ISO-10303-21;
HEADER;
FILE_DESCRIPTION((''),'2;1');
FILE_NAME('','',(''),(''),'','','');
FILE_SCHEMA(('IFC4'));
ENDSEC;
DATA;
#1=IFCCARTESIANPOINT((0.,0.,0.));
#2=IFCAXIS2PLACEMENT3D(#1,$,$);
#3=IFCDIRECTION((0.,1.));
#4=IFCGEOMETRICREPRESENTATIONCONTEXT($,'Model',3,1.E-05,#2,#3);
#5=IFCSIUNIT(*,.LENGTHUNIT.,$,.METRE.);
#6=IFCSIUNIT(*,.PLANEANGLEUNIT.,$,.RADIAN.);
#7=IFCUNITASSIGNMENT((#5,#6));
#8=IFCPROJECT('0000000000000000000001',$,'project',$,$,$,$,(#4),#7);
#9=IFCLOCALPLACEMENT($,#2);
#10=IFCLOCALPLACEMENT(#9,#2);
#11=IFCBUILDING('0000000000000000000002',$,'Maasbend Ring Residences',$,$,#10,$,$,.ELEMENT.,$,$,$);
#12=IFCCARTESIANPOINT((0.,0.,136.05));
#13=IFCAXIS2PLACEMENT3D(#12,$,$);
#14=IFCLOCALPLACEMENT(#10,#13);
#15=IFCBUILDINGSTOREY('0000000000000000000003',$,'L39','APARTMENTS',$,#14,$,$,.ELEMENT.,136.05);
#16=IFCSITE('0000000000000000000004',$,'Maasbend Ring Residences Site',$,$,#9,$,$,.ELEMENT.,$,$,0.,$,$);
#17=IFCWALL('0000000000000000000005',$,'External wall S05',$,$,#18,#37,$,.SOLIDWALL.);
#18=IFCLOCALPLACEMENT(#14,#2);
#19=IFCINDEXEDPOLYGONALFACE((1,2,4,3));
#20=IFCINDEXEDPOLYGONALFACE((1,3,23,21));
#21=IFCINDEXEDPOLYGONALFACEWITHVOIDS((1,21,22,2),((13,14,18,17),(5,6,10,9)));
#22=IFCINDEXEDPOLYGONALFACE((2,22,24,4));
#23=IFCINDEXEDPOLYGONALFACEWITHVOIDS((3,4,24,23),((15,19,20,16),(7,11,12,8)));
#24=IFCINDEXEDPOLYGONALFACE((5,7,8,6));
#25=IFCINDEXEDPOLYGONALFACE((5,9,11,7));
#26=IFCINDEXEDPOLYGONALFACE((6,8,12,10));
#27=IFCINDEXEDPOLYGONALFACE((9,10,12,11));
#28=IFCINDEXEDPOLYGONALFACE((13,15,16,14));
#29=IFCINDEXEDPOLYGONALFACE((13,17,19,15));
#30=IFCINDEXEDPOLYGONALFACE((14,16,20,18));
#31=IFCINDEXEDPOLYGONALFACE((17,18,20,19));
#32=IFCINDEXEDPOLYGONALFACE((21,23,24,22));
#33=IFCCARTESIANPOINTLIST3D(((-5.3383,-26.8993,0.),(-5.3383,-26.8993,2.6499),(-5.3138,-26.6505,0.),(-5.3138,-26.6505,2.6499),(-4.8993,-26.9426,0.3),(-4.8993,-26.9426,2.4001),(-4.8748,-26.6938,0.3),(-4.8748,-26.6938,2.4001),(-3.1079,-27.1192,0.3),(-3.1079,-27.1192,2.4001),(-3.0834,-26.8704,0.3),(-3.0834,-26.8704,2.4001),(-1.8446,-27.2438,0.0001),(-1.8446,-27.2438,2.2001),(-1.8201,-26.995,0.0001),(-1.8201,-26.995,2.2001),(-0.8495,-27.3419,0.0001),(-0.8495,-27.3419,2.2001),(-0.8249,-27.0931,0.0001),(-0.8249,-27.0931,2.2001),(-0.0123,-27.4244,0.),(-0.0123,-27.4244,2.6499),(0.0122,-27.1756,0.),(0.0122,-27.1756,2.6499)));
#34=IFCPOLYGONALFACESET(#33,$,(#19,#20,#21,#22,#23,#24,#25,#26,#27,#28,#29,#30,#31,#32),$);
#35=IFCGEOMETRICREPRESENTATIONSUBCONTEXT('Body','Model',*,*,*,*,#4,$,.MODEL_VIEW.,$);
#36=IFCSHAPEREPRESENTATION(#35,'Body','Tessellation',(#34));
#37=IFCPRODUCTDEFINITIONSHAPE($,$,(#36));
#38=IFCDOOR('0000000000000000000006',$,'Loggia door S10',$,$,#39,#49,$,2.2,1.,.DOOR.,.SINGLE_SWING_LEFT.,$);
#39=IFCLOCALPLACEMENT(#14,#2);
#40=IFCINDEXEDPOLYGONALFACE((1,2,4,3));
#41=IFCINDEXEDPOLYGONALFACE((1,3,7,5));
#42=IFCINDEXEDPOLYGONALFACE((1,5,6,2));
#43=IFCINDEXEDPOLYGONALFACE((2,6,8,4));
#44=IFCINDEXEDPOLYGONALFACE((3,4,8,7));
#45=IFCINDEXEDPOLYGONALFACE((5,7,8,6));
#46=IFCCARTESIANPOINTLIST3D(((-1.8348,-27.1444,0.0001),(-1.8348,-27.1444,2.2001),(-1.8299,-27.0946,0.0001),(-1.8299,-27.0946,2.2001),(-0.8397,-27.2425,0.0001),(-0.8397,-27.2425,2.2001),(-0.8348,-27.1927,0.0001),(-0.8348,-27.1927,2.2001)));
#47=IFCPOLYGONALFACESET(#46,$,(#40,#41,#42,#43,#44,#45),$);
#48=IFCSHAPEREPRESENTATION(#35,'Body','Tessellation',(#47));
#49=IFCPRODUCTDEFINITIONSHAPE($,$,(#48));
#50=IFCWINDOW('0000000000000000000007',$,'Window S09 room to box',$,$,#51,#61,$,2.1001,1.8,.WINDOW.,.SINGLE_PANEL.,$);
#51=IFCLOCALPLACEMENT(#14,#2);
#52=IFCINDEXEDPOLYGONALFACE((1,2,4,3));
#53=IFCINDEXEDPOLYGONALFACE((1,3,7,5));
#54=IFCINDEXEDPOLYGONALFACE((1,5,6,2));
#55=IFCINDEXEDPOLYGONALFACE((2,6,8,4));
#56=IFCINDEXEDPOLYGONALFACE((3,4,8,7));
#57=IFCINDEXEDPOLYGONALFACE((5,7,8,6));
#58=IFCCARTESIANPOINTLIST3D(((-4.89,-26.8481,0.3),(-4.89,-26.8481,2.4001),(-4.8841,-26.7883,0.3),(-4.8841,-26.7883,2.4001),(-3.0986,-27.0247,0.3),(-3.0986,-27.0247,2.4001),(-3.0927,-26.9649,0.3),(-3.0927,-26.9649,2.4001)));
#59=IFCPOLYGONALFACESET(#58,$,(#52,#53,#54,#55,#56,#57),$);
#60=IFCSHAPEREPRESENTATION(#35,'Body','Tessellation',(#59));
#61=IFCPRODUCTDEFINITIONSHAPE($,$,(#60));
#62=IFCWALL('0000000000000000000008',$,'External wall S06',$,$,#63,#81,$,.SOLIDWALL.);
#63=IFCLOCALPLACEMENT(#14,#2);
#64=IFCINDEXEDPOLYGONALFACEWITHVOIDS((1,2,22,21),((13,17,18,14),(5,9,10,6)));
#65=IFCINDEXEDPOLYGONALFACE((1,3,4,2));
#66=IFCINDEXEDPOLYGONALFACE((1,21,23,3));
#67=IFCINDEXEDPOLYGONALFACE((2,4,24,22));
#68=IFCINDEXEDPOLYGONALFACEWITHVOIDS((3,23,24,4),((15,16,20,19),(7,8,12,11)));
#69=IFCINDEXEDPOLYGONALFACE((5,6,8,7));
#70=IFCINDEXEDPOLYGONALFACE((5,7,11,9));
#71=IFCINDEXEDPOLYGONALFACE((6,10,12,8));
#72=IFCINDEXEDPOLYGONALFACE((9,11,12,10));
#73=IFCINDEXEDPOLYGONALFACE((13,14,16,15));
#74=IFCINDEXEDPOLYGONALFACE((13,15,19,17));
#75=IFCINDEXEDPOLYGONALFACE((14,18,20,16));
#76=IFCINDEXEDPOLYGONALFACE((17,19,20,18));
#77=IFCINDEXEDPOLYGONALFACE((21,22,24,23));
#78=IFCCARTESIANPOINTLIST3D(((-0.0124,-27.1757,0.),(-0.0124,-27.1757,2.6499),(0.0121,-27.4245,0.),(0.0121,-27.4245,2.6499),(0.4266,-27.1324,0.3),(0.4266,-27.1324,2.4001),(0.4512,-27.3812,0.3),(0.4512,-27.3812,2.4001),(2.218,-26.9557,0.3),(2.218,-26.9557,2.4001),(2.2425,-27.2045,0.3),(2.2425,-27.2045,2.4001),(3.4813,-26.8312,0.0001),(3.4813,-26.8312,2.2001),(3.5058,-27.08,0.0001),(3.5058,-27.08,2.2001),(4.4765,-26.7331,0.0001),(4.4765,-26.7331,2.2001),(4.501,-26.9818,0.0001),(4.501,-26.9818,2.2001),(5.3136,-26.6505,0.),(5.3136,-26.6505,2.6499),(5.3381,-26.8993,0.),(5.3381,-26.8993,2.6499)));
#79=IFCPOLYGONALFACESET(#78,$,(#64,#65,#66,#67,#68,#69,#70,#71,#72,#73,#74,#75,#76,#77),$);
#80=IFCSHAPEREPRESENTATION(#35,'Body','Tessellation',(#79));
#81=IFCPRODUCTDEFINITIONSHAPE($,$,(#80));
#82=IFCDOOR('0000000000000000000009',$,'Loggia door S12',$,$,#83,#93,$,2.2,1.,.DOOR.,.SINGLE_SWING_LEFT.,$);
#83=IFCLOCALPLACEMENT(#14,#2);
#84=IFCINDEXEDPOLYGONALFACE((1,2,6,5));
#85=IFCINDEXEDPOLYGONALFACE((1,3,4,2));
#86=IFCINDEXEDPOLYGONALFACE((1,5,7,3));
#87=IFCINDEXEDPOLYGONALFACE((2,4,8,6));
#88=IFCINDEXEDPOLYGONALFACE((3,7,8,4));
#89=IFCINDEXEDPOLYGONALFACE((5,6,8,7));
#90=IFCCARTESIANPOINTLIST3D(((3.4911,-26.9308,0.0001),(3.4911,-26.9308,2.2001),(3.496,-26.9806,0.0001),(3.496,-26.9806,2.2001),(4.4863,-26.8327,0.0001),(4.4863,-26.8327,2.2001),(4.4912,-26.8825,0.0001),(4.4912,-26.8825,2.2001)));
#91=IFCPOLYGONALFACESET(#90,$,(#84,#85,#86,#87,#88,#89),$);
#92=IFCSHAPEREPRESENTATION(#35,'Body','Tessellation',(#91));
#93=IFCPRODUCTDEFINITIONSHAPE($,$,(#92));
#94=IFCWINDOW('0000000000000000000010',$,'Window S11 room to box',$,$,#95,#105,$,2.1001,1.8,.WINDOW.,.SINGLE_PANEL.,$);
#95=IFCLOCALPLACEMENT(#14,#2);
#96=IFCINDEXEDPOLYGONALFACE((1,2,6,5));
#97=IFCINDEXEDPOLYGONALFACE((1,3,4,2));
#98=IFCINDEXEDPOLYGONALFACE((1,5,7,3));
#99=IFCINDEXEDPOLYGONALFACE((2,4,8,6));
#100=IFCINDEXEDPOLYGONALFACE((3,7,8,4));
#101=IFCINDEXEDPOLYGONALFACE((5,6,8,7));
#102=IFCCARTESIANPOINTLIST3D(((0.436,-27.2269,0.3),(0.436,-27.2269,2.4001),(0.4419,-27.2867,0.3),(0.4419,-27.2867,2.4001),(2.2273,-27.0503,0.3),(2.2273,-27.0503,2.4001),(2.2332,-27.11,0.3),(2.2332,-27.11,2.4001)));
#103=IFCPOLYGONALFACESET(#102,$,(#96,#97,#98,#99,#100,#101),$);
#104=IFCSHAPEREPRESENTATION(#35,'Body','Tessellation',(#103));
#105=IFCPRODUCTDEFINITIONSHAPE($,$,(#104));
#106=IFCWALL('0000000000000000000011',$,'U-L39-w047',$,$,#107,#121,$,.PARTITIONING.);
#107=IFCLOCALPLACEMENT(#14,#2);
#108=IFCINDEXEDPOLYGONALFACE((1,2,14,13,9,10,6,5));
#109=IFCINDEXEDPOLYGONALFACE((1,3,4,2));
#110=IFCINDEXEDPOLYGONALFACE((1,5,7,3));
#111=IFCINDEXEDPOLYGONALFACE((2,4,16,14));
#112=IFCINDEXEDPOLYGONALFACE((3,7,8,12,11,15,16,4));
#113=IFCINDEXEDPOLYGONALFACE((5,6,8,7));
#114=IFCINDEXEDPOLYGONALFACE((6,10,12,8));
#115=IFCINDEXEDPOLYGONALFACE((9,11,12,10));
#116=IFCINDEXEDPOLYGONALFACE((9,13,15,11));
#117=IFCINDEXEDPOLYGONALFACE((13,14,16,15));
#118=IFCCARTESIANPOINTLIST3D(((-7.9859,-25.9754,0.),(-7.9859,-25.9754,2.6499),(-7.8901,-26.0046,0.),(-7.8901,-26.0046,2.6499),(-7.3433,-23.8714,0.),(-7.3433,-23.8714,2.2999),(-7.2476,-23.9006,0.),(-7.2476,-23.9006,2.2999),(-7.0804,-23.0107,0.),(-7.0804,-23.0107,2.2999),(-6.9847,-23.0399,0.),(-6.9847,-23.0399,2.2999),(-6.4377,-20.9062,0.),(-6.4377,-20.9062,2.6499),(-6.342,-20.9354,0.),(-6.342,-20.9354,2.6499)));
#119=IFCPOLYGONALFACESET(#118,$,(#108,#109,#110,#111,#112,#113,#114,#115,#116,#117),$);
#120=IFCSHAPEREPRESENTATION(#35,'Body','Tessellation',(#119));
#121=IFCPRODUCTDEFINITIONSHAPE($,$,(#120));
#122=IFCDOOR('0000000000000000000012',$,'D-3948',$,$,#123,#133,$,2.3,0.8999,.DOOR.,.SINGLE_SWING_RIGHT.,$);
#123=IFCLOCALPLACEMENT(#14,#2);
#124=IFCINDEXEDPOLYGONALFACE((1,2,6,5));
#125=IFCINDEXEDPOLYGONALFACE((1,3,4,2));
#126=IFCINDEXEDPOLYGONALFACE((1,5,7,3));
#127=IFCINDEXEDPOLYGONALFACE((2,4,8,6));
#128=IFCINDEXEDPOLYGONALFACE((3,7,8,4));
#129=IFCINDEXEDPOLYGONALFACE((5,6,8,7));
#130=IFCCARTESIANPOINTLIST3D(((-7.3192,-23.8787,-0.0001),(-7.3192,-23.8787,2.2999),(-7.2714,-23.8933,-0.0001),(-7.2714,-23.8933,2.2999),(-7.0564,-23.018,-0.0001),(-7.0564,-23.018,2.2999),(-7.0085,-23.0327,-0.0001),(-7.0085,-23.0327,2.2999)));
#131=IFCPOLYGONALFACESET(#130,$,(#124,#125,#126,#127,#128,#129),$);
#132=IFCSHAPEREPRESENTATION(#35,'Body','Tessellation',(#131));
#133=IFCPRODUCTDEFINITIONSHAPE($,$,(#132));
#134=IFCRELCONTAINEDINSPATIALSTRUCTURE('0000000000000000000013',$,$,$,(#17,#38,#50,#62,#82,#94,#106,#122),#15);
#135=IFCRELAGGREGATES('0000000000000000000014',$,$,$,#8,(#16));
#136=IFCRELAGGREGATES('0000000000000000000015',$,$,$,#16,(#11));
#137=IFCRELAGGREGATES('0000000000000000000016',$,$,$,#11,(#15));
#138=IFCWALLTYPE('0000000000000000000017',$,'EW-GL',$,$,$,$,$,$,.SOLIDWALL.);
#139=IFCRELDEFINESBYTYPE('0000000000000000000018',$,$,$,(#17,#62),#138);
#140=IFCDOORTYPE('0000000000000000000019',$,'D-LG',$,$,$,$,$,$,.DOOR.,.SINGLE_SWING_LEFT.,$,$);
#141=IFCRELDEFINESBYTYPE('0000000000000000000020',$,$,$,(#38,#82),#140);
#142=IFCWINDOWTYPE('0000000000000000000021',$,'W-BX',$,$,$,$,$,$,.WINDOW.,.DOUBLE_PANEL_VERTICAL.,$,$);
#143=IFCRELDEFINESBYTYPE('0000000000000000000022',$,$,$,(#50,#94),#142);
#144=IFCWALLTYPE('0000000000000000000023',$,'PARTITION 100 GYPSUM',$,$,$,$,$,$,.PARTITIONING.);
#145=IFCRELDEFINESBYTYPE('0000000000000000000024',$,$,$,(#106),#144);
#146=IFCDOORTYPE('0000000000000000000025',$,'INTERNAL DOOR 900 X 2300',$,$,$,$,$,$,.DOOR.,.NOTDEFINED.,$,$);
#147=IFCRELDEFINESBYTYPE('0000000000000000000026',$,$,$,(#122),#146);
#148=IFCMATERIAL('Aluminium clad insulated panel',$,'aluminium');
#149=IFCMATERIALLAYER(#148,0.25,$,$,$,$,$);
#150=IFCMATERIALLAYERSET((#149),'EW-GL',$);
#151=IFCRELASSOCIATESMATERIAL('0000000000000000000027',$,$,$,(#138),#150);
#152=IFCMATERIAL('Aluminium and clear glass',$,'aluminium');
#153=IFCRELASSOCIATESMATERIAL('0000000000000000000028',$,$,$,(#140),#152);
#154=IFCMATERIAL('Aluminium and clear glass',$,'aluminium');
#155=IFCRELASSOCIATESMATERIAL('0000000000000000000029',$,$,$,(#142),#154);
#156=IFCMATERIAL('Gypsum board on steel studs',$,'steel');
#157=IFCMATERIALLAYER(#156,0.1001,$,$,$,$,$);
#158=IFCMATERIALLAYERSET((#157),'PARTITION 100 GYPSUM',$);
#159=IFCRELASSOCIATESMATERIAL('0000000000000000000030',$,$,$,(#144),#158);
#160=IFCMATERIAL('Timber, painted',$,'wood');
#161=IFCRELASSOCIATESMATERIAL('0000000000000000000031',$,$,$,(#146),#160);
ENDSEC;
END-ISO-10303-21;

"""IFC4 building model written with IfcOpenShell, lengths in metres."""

from ifc_helpers import new_model, si_unit, direction, frame, frame_2d, origin, place, context, subcontext, project, spatial, rectangle, extrude, material, layer, layer_set, type_object, element, fill, save


model = new_model("IFC4")

# Units and contexts
model_context = context("Model", 3, precision=1e-05, world=origin(), true_north=direction((0.0, 1.0)))
body_context = subcontext(model_context, "Body", "Model", "MODEL_VIEW")
ifc_project = project(units=[si_unit("LENGTHUNIT", "METRE"), si_unit("PLANEANGLEUNIT", "RADIAN")], contexts=[model_context])

# Site, building, storey
site_placement = place(None, origin())
site = spatial("IfcSite", under=ifc_project, at=site_placement, Name="Maasbend Ring Residences Site", CompositionType="ELEMENT", RefElevation=0.0)
building_placement = place(site_placement, origin())
building = spatial("IfcBuilding", under=site, at=building_placement, Name="Maasbend Ring Residences", CompositionType="ELEMENT")
storey_placement = place(building_placement, frame((0.0, 0.0, 136.05)))
storey = spatial("IfcBuildingStorey", under=building, at=storey_placement, Name="L39", Description="APARTMENTS", CompositionType="ELEMENT", Elevation=136.05)

# Walls, openings, doors, windows
ifc_material_1 = material(Name="Aluminium clad insulated panel", Category="aluminium")
ifc_layer_1 = layer(ifc_material_1, 0.25)
ifc_layer_set_1 = layer_set([ifc_layer_1], Name="EW-GL")
wall_type_1 = type_object("IfcWallType", Name="EW-GL", PredefinedType="SOLIDWALL", material=ifc_layer_set_1)
ifc_material_2 = material(Name="Aluminium and clear glass", Category="aluminium")
door_type_1 = type_object("IfcDoorType", Name="D-LG", OperationType="SINGLE_SWING_LEFT", PredefinedType="DOOR", material=ifc_material_2)
ifc_material_3 = material(Name="Aluminium and clear glass", Category="aluminium")
window_type_1 = type_object("IfcWindowType", Name="W-BX", PartitioningType="DOUBLE_PANEL_VERTICAL", PredefinedType="WINDOW", material=ifc_material_3)
wall_1_placement = place(storey_placement, frame((-5.3259, -26.7749, 0.0), z_axis=(0.0, 0.0, 1.0), x_axis=(0.995174, -0.098126, 0.0)))
wall_1 = element("IfcWall", 1, at=wall_1_placement, inside=storey, type_object=wall_type_1, Name="External wall S05", PredefinedType="SOLIDWALL", context=body_context, shape_type="SweptSolid", body=[
    extrude(rectangle(XDim=5.3518, YDim=0.25, at=frame_2d((2.6758, 0.0))), origin(), (0.0, 0.0, 1.0), 2.6499),
])
opening_1_placement = place(wall_1_placement, frame((0.4412, 0.0, 0.3)))
opening_1 = element("IfcOpeningElement", 2, at=opening_1_placement, cuts=wall_1, PredefinedType="OPENING", context=body_context, shape_type="SweptSolid", body=[
    extrude(rectangle(XDim=1.8, YDim=2.1001, at=frame_2d((0.8999, 1.05))), frame((0.0, 0.135, 0.0), z_axis=(0.0, -1.0, 0.0), x_axis=(1.0, 0.0, 0.0)), (0.0, 0.0, 1.0), 0.27),
])
opening_2_placement = place(wall_1_placement, frame((3.5105, 0.0, 0.0)))
opening_2 = element("IfcOpeningElement", 3, at=opening_2_placement, cuts=wall_1, PredefinedType="OPENING", context=body_context, shape_type="SweptSolid", body=[
    extrude(rectangle(XDim=1.0, YDim=2.2, at=frame_2d((0.5, 1.1001))), frame((0.0, 0.135, 0.0), z_axis=(0.0, -1.0, 0.0), x_axis=(1.0, 0.0, 0.0)), (0.0, 0.0, 1.0), 0.27),
])
door_1_placement = place(opening_2_placement, origin())
door_1 = element("IfcDoor", 4, at=door_1_placement, inside=storey, type_object=door_type_1, Name="Loggia door S10", OperationType="SINGLE_SWING_LEFT", OverallHeight=2.2, OverallWidth=1.0, PredefinedType="DOOR", context=body_context, shape_type="SweptSolid", body=[
    extrude(rectangle(XDim=1.0, YDim=2.2, at=frame_2d((0.5, 1.1001))), frame((0.0, 0.0249, 0.0), z_axis=(0.0, -1.0, 0.0), x_axis=(1.0, 0.0, 0.0)), (0.0, 0.0, 1.0), 0.05),
])
fill(opening_2, door_1)
window_1_placement = place(opening_1_placement, origin())
window_1 = element("IfcWindow", 5, at=window_1_placement, inside=storey, type_object=window_type_1, Name="Window S09 room to box", OverallHeight=2.1001, OverallWidth=1.8, PartitioningType="SINGLE_PANEL", PredefinedType="WINDOW", context=body_context, shape_type="SweptSolid", body=[
    extrude(rectangle(XDim=1.8, YDim=2.1001, at=frame_2d((0.8999, 1.05))), frame((0.0, 0.03, 0.0), z_axis=(0.0, -1.0, 0.0), x_axis=(1.0, 0.0, 0.0)), (0.0, 0.0, 1.0), 0.0601),
])
fill(opening_1, window_1)
wall_2_placement = place(storey_placement, frame((0.0, -27.3, 0.0), z_axis=(0.0, 0.0, 1.0), x_axis=(0.995174, 0.098126, 0.0)))
wall_2 = element("IfcWall", 6, at=wall_2_placement, inside=storey, type_object=wall_type_1, Name="External wall S06", PredefinedType="SOLIDWALL", context=body_context, shape_type="SweptSolid", body=[
    extrude(rectangle(XDim=5.3518, YDim=0.25, at=frame_2d((2.6758, 0.0))), origin(), (0.0, 0.0, 1.0), 2.6499),
])
opening_3_placement = place(wall_2_placement, frame((0.4412, 0.0, 0.3)))
opening_3 = element("IfcOpeningElement", 7, at=opening_3_placement, cuts=wall_2, PredefinedType="OPENING", context=body_context, shape_type="SweptSolid", body=[
    extrude(rectangle(XDim=1.8, YDim=2.1001, at=frame_2d((0.8999, 1.05))), frame((0.0, 0.135, 0.0), z_axis=(0.0, -1.0, 0.0), x_axis=(1.0, 0.0, 0.0)), (0.0, 0.0, 1.0), 0.27),
])
opening_4_placement = place(wall_2_placement, frame((3.5105, 0.0, 0.0)))
opening_4 = element("IfcOpeningElement", 8, at=opening_4_placement, cuts=wall_2, PredefinedType="OPENING", context=body_context, shape_type="SweptSolid", body=[
    extrude(rectangle(XDim=1.0, YDim=2.2, at=frame_2d((0.5, 1.1001))), frame((0.0, 0.135, 0.0), z_axis=(0.0, -1.0, 0.0), x_axis=(1.0, 0.0, 0.0)), (0.0, 0.0, 1.0), 0.27),
])
door_2_placement = place(opening_4_placement, origin())
door_2 = element("IfcDoor", 9, at=door_2_placement, inside=storey, type_object=door_type_1, Name="Loggia door S12", OperationType="SINGLE_SWING_LEFT", OverallHeight=2.2, OverallWidth=1.0, PredefinedType="DOOR", context=body_context, shape_type="SweptSolid", body=[
    extrude(rectangle(XDim=1.0, YDim=2.2, at=frame_2d((0.5, 1.1001))), frame((0.0, 0.0249, 0.0), z_axis=(0.0, -1.0, 0.0), x_axis=(1.0, 0.0, 0.0)), (0.0, 0.0, 1.0), 0.05),
])
fill(opening_4, door_2)
window_2_placement = place(opening_3_placement, origin())
window_2 = element("IfcWindow", 10, at=window_2_placement, inside=storey, type_object=window_type_1, Name="Window S11 room to box", OverallHeight=2.1001, OverallWidth=1.8, PartitioningType="SINGLE_PANEL", PredefinedType="WINDOW", context=body_context, shape_type="SweptSolid", body=[
    extrude(rectangle(XDim=1.8, YDim=2.1001, at=frame_2d((0.8999, 1.05))), frame((0.0, 0.03, 0.0), z_axis=(0.0, -1.0, 0.0), x_axis=(1.0, 0.0, 0.0)), (0.0, 0.0, 1.0), 0.0601),
])
fill(opening_3, window_2)

# Wall, opening, door
ifc_material_4 = material(Name="Gypsum board on steel studs", Category="steel")
ifc_layer_2 = layer(ifc_material_4, 0.1001)
ifc_layer_set_2 = layer_set([ifc_layer_2], Name="PARTITION 100 GYPSUM")
wall_type_2 = type_object("IfcWallType", Name="PARTITION 100 GYPSUM", PredefinedType="PARTITIONING", material=ifc_layer_set_2)
wall_3_placement = place(storey_placement, frame((-7.938, -25.99, 0.0), z_axis=(0.0, 0.0, 1.0), x_axis=(0.292082, 0.956393, 0.0)))
wall_3 = element("IfcWall", 11, at=wall_3_placement, inside=storey, type_object=wall_type_2, Name="U-L39-w047", PredefinedType="PARTITIONING", context=body_context, shape_type="SweptSolid", body=[
    extrude(rectangle(XDim=5.3003, YDim=0.1001, at=frame_2d((2.6501, 0.0))), origin(), (0.0, 0.0, 1.0), 2.6499),
])
opening_5_placement = place(wall_3_placement, frame((2.2, 0.0, 0.0)))
opening_5 = element("IfcOpeningElement", 12, at=opening_5_placement, cuts=wall_3, PredefinedType="OPENING", context=body_context, shape_type="SweptSolid", body=[
    extrude(rectangle(XDim=0.8999, YDim=2.3, at=frame_2d((0.45, 1.1499))), frame((0.0, 0.0601, 0.0), z_axis=(0.0, -1.0, 0.0), x_axis=(1.0, 0.0, 0.0)), (0.0, 0.0, 1.0), 0.1201),
])
ifc_material_5 = material(Name="Timber, painted", Category="wood")
door_type_2 = type_object("IfcDoorType", Name="INTERNAL DOOR 900 X 2300", OperationType="NOTDEFINED", PredefinedType="DOOR", material=ifc_material_5)
door_3_placement = place(opening_5_placement, origin())
door_3 = element("IfcDoor", 13, at=door_3_placement, inside=storey, type_object=door_type_2, Name="D-3948", OperationType="SINGLE_SWING_RIGHT", OverallHeight=2.3, OverallWidth=0.8999, PredefinedType="DOOR", context=body_context, shape_type="SweptSolid", body=[
    extrude(rectangle(XDim=0.8999, YDim=2.3, at=frame_2d((0.45, 1.1499))), frame((0.0, 0.0249, 0.0), z_axis=(0.0, -1.0, 0.0), x_axis=(1.0, 0.0, 0.0)), (0.0, 0.0, 1.0), 0.05),
])
fill(opening_5, door_3)

save(model, "model.ifc")
